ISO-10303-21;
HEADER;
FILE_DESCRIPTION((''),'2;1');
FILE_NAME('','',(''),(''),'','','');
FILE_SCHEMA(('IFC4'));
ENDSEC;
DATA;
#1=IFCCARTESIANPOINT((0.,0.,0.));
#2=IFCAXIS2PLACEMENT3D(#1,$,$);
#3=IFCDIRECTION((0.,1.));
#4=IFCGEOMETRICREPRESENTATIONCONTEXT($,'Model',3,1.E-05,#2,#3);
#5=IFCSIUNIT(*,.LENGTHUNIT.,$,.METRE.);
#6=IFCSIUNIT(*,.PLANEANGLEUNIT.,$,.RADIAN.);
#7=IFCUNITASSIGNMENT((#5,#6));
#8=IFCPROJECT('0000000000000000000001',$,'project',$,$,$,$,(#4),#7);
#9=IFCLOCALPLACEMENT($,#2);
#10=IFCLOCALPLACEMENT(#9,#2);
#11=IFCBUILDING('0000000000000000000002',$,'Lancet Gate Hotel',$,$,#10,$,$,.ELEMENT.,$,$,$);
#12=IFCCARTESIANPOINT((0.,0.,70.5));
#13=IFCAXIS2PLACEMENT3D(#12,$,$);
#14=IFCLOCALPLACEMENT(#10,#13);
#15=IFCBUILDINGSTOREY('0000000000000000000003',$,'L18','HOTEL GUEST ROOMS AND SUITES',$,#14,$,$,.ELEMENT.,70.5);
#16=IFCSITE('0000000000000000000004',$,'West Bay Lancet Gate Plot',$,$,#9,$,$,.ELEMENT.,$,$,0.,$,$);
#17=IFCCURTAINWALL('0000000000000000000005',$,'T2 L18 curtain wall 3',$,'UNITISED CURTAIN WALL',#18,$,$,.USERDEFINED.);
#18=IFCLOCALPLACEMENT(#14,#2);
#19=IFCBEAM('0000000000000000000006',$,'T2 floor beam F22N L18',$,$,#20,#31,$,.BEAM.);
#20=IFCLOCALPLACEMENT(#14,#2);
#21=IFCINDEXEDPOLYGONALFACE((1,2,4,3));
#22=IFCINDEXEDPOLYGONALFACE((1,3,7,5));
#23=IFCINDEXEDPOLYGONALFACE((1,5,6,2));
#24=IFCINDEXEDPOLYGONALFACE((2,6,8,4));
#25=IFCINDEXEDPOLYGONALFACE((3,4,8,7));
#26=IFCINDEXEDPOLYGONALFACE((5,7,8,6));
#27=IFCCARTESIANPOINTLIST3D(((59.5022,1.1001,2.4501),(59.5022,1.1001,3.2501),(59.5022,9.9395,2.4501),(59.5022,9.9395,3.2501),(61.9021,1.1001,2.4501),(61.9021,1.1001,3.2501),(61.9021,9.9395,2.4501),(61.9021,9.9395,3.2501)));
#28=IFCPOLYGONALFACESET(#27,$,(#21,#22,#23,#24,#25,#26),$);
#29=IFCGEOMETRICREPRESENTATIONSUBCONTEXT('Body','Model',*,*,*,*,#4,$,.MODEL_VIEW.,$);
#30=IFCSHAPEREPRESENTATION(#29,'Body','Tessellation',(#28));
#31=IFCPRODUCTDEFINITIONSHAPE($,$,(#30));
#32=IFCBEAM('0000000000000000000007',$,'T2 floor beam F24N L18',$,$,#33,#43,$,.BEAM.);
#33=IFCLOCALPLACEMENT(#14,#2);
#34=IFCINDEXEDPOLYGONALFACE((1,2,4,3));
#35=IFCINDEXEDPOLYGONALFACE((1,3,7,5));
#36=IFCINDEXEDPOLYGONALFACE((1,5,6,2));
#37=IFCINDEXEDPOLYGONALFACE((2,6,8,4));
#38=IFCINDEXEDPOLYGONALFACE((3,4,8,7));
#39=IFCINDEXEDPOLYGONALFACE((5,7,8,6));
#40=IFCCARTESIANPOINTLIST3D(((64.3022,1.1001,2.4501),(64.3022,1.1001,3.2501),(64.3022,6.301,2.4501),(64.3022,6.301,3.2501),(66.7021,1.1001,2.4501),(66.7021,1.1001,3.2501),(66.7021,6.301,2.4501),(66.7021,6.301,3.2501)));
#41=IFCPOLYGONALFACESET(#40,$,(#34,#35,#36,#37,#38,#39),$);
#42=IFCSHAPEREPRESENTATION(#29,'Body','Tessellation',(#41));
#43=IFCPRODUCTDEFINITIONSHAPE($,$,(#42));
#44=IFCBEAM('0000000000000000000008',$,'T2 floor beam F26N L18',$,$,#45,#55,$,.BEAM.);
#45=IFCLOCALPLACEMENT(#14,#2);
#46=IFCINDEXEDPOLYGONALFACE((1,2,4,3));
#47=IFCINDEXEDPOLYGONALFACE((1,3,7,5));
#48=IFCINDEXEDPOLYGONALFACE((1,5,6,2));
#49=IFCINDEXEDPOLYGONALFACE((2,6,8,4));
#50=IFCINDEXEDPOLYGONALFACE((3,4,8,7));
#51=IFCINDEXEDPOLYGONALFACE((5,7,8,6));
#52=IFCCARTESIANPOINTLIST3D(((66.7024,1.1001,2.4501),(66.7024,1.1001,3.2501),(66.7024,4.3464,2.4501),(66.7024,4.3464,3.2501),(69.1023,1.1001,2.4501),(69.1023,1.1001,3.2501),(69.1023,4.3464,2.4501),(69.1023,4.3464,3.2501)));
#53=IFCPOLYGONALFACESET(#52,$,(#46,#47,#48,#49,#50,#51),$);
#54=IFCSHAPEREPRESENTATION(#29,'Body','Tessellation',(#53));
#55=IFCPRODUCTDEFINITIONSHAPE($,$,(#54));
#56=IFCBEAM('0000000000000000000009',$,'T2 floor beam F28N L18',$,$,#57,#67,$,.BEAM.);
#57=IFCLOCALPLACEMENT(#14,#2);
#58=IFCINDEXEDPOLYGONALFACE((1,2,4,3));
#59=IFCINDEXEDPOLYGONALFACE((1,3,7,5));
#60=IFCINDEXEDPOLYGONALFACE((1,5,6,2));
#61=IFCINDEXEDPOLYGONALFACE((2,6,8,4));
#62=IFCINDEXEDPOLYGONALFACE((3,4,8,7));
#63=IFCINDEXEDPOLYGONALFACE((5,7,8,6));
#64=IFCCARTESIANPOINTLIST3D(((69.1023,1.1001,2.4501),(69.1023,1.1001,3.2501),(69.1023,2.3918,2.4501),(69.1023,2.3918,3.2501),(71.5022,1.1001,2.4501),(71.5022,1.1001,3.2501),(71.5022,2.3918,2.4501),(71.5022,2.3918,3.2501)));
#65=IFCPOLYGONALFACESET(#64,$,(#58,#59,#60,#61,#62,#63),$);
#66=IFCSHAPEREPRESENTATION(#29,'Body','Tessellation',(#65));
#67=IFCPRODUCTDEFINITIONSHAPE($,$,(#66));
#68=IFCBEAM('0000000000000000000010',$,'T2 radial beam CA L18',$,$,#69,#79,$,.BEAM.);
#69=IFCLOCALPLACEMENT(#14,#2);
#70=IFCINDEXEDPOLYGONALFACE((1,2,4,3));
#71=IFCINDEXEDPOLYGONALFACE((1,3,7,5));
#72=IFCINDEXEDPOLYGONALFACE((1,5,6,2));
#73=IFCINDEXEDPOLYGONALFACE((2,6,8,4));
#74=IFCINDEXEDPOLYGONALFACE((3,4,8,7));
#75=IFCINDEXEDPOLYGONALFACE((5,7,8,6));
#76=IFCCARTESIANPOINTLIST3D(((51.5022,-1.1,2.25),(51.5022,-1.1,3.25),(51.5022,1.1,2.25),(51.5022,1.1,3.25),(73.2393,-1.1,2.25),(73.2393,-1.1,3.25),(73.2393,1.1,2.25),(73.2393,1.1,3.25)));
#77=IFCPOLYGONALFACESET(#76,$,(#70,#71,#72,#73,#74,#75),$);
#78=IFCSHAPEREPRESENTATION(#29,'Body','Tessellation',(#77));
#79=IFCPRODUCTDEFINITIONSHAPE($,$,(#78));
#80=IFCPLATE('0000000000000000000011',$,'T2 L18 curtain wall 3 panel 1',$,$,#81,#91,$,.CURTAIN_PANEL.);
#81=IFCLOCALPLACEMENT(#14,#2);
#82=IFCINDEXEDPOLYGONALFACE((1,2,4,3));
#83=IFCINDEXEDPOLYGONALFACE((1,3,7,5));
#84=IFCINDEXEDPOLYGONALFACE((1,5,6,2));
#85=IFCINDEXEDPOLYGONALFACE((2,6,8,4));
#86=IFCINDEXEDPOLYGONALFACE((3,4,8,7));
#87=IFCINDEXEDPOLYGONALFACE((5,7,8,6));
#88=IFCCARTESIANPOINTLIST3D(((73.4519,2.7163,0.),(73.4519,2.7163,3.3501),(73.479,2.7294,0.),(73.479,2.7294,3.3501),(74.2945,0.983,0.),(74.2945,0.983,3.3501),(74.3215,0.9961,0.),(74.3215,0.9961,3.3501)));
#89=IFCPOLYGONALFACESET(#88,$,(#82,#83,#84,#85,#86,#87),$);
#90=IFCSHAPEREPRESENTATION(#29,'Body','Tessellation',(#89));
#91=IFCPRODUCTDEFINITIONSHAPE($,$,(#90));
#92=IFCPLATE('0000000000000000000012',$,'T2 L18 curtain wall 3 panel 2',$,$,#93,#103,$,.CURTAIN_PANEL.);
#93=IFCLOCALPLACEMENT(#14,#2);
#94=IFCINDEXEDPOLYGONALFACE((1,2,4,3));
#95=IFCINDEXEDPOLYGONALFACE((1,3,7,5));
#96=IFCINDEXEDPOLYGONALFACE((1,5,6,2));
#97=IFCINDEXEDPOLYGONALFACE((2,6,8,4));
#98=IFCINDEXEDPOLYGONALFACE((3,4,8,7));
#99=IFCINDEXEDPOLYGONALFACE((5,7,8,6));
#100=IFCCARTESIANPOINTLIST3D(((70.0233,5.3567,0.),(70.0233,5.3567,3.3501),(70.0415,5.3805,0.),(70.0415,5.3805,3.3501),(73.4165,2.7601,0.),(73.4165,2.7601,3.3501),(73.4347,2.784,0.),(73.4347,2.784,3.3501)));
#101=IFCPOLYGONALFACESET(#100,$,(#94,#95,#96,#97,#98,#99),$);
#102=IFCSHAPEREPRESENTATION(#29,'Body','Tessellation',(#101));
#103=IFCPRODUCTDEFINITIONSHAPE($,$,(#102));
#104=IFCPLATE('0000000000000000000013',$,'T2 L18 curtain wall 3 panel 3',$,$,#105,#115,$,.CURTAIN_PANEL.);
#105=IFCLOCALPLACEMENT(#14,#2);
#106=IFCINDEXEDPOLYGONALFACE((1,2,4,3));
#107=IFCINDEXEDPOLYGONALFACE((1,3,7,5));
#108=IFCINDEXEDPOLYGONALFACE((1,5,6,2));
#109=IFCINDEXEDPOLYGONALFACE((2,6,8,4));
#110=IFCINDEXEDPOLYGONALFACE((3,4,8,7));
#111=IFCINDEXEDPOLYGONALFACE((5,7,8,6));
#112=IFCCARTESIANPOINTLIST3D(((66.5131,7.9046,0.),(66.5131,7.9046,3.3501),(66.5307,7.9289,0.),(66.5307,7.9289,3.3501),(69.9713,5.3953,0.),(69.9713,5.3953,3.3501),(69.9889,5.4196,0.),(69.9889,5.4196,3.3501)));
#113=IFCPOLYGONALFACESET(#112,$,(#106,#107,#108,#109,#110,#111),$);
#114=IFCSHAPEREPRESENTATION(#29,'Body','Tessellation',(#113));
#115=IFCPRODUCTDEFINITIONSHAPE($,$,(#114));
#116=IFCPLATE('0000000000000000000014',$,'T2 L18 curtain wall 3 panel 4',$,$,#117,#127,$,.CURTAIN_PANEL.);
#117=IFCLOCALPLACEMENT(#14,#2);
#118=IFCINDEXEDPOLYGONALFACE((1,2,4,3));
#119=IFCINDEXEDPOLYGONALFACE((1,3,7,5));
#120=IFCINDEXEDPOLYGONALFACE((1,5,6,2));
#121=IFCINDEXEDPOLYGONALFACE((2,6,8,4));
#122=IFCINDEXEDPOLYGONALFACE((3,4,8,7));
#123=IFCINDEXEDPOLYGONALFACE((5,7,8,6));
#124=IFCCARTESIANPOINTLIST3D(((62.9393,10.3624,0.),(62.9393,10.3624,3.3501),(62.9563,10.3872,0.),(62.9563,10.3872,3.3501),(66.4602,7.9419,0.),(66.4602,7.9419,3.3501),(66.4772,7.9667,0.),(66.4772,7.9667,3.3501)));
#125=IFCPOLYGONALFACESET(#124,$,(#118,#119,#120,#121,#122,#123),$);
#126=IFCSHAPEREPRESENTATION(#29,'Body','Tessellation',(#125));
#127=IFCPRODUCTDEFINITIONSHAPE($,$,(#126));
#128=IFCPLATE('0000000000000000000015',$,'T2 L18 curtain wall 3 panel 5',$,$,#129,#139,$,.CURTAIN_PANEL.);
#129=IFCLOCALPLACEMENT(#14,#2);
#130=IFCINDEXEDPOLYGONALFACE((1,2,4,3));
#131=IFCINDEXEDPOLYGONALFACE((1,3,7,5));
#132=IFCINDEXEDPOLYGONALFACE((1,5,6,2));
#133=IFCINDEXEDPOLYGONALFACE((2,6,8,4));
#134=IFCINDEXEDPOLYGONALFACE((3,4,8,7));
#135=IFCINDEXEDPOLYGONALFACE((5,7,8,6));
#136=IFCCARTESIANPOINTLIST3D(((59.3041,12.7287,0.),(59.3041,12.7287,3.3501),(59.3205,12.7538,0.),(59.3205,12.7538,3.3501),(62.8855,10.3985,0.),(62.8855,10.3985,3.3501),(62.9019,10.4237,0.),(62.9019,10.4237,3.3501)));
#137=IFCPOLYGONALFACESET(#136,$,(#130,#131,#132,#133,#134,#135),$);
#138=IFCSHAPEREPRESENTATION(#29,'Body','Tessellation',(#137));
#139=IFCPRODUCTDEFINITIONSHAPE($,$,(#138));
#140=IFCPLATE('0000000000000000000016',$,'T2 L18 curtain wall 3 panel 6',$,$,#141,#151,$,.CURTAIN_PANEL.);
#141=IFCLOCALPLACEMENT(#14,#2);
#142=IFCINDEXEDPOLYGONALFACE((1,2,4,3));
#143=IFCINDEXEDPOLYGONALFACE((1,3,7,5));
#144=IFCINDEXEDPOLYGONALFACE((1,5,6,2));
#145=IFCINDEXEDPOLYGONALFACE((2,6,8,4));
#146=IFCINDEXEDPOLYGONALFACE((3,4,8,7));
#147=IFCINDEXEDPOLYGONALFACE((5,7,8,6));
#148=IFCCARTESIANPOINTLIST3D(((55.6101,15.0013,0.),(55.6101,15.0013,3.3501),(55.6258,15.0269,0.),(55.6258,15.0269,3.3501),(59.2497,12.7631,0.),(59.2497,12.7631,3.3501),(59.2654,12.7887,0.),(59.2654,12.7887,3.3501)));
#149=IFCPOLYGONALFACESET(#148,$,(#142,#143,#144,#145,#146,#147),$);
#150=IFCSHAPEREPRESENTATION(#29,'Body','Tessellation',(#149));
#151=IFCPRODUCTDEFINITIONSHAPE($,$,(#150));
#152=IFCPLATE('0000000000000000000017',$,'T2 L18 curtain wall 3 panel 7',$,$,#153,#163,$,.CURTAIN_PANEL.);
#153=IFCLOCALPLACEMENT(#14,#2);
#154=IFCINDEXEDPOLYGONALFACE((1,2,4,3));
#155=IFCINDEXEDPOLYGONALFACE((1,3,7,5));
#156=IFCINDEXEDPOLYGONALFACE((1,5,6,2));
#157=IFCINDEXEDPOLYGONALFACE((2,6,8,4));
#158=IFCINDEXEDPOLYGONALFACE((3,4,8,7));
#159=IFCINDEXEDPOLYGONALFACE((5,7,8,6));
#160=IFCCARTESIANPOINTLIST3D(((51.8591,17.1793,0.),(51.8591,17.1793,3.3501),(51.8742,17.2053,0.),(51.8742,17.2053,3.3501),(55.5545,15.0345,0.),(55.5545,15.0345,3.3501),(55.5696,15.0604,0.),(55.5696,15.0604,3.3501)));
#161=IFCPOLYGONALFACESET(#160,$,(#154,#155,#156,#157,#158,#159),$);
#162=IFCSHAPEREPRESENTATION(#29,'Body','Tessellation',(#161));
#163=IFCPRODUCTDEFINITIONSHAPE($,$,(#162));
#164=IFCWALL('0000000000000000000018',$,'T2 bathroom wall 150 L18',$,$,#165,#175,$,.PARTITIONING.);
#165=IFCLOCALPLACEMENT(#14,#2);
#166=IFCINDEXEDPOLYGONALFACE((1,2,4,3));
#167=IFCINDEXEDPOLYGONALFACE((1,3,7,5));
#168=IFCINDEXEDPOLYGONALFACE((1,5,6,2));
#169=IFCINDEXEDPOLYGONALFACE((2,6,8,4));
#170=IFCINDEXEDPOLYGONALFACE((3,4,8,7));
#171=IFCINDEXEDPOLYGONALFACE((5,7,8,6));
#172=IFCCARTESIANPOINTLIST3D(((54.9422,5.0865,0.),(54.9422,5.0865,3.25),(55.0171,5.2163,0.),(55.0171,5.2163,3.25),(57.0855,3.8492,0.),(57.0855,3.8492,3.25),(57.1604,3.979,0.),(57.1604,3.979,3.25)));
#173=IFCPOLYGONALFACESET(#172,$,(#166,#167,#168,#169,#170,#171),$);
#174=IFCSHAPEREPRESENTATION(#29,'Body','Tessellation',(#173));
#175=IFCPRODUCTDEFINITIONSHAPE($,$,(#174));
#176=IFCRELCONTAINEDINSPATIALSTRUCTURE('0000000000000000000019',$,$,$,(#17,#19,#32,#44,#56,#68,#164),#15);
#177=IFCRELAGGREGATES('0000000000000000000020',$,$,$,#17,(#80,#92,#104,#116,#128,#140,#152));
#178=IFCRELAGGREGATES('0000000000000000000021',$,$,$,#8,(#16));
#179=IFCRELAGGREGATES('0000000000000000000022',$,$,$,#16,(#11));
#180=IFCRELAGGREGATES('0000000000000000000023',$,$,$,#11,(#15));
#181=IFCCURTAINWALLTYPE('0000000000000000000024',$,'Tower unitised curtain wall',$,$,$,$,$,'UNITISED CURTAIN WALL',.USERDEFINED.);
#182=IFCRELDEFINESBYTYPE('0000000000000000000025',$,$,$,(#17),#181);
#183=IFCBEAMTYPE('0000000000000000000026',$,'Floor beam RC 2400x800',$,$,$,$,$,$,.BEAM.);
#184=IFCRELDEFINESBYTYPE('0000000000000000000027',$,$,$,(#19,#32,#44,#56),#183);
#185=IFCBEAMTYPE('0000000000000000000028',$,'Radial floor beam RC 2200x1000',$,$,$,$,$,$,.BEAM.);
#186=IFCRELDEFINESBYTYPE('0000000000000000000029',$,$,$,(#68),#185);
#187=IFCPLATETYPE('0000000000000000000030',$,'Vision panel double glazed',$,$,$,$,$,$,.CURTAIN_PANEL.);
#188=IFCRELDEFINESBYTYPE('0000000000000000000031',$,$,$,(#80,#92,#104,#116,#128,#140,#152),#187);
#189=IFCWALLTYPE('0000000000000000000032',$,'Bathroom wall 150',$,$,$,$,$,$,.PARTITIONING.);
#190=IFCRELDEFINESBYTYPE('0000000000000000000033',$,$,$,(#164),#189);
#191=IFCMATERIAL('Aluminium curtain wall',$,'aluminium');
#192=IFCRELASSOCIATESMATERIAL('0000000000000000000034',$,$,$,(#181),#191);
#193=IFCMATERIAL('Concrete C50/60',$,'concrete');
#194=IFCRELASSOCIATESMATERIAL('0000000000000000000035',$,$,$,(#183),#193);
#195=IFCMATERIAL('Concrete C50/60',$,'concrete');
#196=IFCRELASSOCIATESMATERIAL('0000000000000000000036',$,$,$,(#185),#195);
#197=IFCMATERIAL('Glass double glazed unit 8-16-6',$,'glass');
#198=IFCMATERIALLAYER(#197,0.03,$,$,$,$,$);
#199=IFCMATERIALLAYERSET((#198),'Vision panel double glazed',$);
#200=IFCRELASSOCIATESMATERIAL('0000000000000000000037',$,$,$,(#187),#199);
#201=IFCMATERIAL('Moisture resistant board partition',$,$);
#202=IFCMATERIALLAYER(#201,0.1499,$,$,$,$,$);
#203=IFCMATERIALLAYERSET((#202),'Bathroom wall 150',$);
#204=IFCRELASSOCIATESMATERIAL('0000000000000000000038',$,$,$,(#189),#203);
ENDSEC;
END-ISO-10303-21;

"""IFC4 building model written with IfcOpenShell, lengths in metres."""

from ifc_helpers import new_model, si_unit, direction, frame, frame_2d, origin, origin_2d, place, context, subcontext, project, spatial, rectangle, extrude, material, layer, layer_set, material_profile, profile_set, type_object, element, aggregate, save


model = new_model("IFC4")

# Units and contexts
model_context = context("Model", 3, precision=1e-05, world=origin(), true_north=direction((0.0, 1.0)))
body_context = subcontext(model_context, "Body", "Model", "MODEL_VIEW")
ifc_project = project(units=[si_unit("LENGTHUNIT", "METRE"), si_unit("PLANEANGLEUNIT", "RADIAN")], contexts=[model_context])

# Site, building, storey
site_placement = place(None, origin())
site = spatial("IfcSite", under=ifc_project, at=site_placement, Name="West Bay Lancet Gate Plot", CompositionType="ELEMENT", RefElevation=0.0)
building_placement = place(site_placement, origin())
building = spatial("IfcBuilding", under=site, at=building_placement, Name="Lancet Gate Hotel", CompositionType="ELEMENT")
storey_placement = place(building_placement, frame((0.0, 0.0, 70.5)))
storey = spatial("IfcBuildingStorey", under=building, at=storey_placement, Name="L18", Description="HOTEL GUEST ROOMS AND SUITES", CompositionType="ELEMENT", Elevation=70.5)

# Curtain wall
ifc_material_1 = material(Name="Aluminium curtain wall", Category="aluminium")
curtain_wall_type = type_object("IfcCurtainWallType", Name="Tower unitised curtain wall", ElementType="UNITISED CURTAIN WALL", PredefinedType="USERDEFINED", material=ifc_material_1)
curtain_wall_placement = place(storey_placement, origin())
curtain_wall = element("IfcCurtainWall", 1, at=curtain_wall_placement, inside=storey, type_object=curtain_wall_type, Name="T2 L18 curtain wall 3", ObjectType="UNITISED CURTAIN WALL", PredefinedType="USERDEFINED")

# Beams
ifc_material_2 = material(Name="Concrete C50/60", Category="concrete")
ifc_material_profile_1 = material_profile(ifc_material_2, rectangle(XDim=2.3999, YDim=0.8, at=origin_2d()), Name="RC 2400x800")
ifc_profile_set_1 = profile_set([ifc_material_profile_1], Name="Concrete C50/60")
beam_type_1 = type_object("IfcBeamType", Name="Floor beam RC 2400x800", PredefinedType="BEAM", material=ifc_profile_set_1)
beam_1_placement = place(storey_placement, frame((60.7021, 1.1001, 2.8501), z_axis=(0.0, 1.0, 0.0), x_axis=(-1.0, 0.0, 0.0)))
element("IfcBeam", 2, at=beam_1_placement, inside=storey, type_object=beam_type_1, Name="T2 floor beam F22N L18", PredefinedType="BEAM", context=body_context, shape_type="SweptSolid", body=[
    extrude(rectangle(XDim=2.3999, YDim=0.8, at=origin_2d()), origin(), (0.0, 0.0, 1.0), 8.8394),
])
beam_2_placement = place(storey_placement, frame((65.5022, 1.1001, 2.8501), z_axis=(0.0, 1.0, 0.0), x_axis=(-1.0, 0.0, 0.0)))
element("IfcBeam", 3, at=beam_2_placement, inside=storey, type_object=beam_type_1, Name="T2 floor beam F24N L18", PredefinedType="BEAM", context=body_context, shape_type="SweptSolid", body=[
    extrude(rectangle(XDim=2.3999, YDim=0.8, at=origin_2d()), origin(), (0.0, 0.0, 1.0), 5.2009),
])
beam_3_placement = place(storey_placement, frame((67.9023, 1.1001, 2.8501), z_axis=(0.0, 1.0, 0.0), x_axis=(-1.0, 0.0, 0.0)))
element("IfcBeam", 4, at=beam_3_placement, inside=storey, type_object=beam_type_1, Name="T2 floor beam F26N L18", PredefinedType="BEAM", context=body_context, shape_type="SweptSolid", body=[
    extrude(rectangle(XDim=2.3999, YDim=0.8, at=origin_2d()), origin(), (0.0, 0.0, 1.0), 3.2463),
])
beam_4_placement = place(storey_placement, frame((70.3022, 1.1001, 2.8501), z_axis=(0.0, 1.0, 0.0), x_axis=(-1.0, 0.0, 0.0)))
element("IfcBeam", 5, at=beam_4_placement, inside=storey, type_object=beam_type_1, Name="T2 floor beam F28N L18", PredefinedType="BEAM", context=body_context, shape_type="SweptSolid", body=[
    extrude(rectangle(XDim=2.3999, YDim=0.8, at=origin_2d()), origin(), (0.0, 0.0, 1.0), 1.2917),
])
ifc_material_3 = material(Name="Concrete C50/60", Category="concrete")
ifc_material_profile_2 = material_profile(ifc_material_3, rectangle(XDim=2.2, YDim=1.0, at=origin_2d()), Name="RC 2200x1000")
ifc_profile_set_2 = profile_set([ifc_material_profile_2], Name="Concrete C50/60")
beam_type_2 = type_object("IfcBeamType", Name="Radial floor beam RC 2200x1000", PredefinedType="BEAM", material=ifc_profile_set_2)
beam_5_placement = place(storey_placement, frame((73.2393, 0.0, 2.75), z_axis=(-1.0, 0.0, 0.0), x_axis=(0.0, -1.0, 0.0)))
element("IfcBeam", 6, at=beam_5_placement, inside=storey, type_object=beam_type_2, Name="T2 radial beam CA L18", PredefinedType="BEAM", context=body_context, shape_type="SweptSolid", body=[
    extrude(rectangle(XDim=2.2, YDim=1.0, at=origin_2d()), origin(), (0.0, 0.0, 1.0), 21.7371),
])

# Plates
ifc_material_4 = material(Name="Glass double glazed unit 8-16-6", Category="glass")
ifc_layer_1 = layer(ifc_material_4, 0.03)
ifc_layer_set_1 = layer_set([ifc_layer_1], Name="Vision panel double glazed")
plate_type = type_object("IfcPlateType", Name="Vision panel double glazed", PredefinedType="CURTAIN_PANEL", material=ifc_layer_set_1)
plate_1_placement = place(storey_placement, frame((73.8867, 1.8562, 0.0), z_axis=(0.0, 0.0, 1.0), x_axis=(-0.437169, 0.899379, 0.0)))
plate_1 = element("IfcPlate", 7, at=plate_1_placement, type_object=plate_type, Name="T2 L18 curtain wall 3 panel 1", PredefinedType="CURTAIN_PANEL", context=body_context, shape_type="SweptSolid", body=[
    extrude(rectangle(XDim=1.9272, YDim=0.03, at=origin_2d()), origin(), (0.0, 0.0, 1.0), 3.3501),
])
plate_2_placement = place(storey_placement, frame((71.729, 4.0703, 0.0), z_axis=(0.0, 0.0, 1.0), x_axis=(-0.79416, 0.607709, 0.0)))
plate_2 = element("IfcPlate", 8, at=plate_2_placement, type_object=plate_type, Name="T2 L18 curtain wall 3 panel 2", PredefinedType="CURTAIN_PANEL", context=body_context, shape_type="SweptSolid", body=[
    extrude(rectangle(XDim=4.2727, YDim=0.03, at=origin_2d()), origin(), (0.0, 0.0, 1.0), 3.3501),
])
plate_3_placement = place(storey_placement, frame((68.251, 6.6621, 0.0), z_axis=(0.0, 0.0, 1.0), x_axis=(-0.80937, 0.587299, 0.0)))
plate_3 = element("IfcPlate", 9, at=plate_3_placement, type_object=plate_type, Name="T2 L18 curtain wall 3 panel 3", PredefinedType="CURTAIN_PANEL", context=body_context, shape_type="SweptSolid", body=[
    extrude(rectangle(XDim=4.2727, YDim=0.03, at=origin_2d()), origin(), (0.0, 0.0, 1.0), 3.3501),
])
plate_4_placement = place(storey_placement, frame((64.7083, 9.1646, 0.0), z_axis=(0.0, 0.0, 1.0), x_axis=(-0.824055, 0.566509, 0.0)))
plate_4 = element("IfcPlate", 10, at=plate_4_placement, type_object=plate_type, Name="T2 L18 curtain wall 3 panel 4", PredefinedType="CURTAIN_PANEL", context=body_context, shape_type="SweptSolid", body=[
    extrude(rectangle(XDim=4.2727, YDim=0.03, at=origin_2d()), origin(), (0.0, 0.0, 1.0), 3.3501),
])
plate_5_placement = place(storey_placement, frame((61.103, 11.5762, 0.0), z_axis=(0.0, 0.0, 1.0), x_axis=(-0.838207, 0.545353, 0.0)))
plate_5 = element("IfcPlate", 11, at=plate_5_placement, type_object=plate_type, Name="T2 L18 curtain wall 3 panel 5", PredefinedType="CURTAIN_PANEL", context=body_context, shape_type="SweptSolid", body=[
    extrude(rectangle(XDim=4.2727, YDim=0.03, at=origin_2d()), origin(), (0.0, 0.0, 1.0), 3.3501),
])
plate_6_placement = place(storey_placement, frame((57.4377, 13.895, 0.0), z_axis=(0.0, 0.0, 1.0), x_axis=(-0.851815, 0.523842, 0.0)))
plate_6 = element("IfcPlate", 12, at=plate_6_placement, type_object=plate_type, Name="T2 L18 curtain wall 3 panel 6", PredefinedType="CURTAIN_PANEL", context=body_context, shape_type="SweptSolid", body=[
    extrude(rectangle(XDim=4.2727, YDim=0.03, at=origin_2d()), origin(), (0.0, 0.0, 1.0), 3.3501),
])
plate_7_placement = place(storey_placement, frame((53.7144, 16.1199, 0.0), z_axis=(0.0, 0.0, 1.0), x_axis=(-0.864872, 0.501993, 0.0)))
plate_7 = element("IfcPlate", 13, at=plate_7_placement, type_object=plate_type, Name="T2 L18 curtain wall 3 panel 7", PredefinedType="CURTAIN_PANEL", context=body_context, shape_type="SweptSolid", body=[
    extrude(rectangle(XDim=4.2727, YDim=0.03, at=origin_2d()), origin(), (0.0, 0.0, 1.0), 3.3501),
])
aggregate(curtain_wall, [plate_1, plate_2, plate_3, plate_4, plate_5, plate_6, plate_7])

# Wall
ifc_material_5 = material(Name="Moisture resistant board partition")
ifc_layer_2 = layer(ifc_material_5, 0.1499)
ifc_layer_set_2 = layer_set([ifc_layer_2], Name="Bathroom wall 150")
wall_type = type_object("IfcWallType", Name="Bathroom wall 150", PredefinedType="PARTITIONING", material=ifc_layer_set_2)
wall_1_placement = place(storey_placement, frame((54.9797, 5.1514, 0.0), z_axis=(0.0, 0.0, 1.0), x_axis=(0.866049, -0.499959, 0.0)))
element("IfcWall", 14, at=wall_1_placement, inside=storey, type_object=wall_type, Name="T2 bathroom wall 150 L18", PredefinedType="PARTITIONING", context=body_context, shape_type="SweptSolid", body=[
    extrude(rectangle(XDim=2.4749, YDim=0.1499, at=frame_2d((1.2373, 0.0))), origin(), (0.0, 0.0, 1.0), 3.25),
])

save(model, "model.ifc")
